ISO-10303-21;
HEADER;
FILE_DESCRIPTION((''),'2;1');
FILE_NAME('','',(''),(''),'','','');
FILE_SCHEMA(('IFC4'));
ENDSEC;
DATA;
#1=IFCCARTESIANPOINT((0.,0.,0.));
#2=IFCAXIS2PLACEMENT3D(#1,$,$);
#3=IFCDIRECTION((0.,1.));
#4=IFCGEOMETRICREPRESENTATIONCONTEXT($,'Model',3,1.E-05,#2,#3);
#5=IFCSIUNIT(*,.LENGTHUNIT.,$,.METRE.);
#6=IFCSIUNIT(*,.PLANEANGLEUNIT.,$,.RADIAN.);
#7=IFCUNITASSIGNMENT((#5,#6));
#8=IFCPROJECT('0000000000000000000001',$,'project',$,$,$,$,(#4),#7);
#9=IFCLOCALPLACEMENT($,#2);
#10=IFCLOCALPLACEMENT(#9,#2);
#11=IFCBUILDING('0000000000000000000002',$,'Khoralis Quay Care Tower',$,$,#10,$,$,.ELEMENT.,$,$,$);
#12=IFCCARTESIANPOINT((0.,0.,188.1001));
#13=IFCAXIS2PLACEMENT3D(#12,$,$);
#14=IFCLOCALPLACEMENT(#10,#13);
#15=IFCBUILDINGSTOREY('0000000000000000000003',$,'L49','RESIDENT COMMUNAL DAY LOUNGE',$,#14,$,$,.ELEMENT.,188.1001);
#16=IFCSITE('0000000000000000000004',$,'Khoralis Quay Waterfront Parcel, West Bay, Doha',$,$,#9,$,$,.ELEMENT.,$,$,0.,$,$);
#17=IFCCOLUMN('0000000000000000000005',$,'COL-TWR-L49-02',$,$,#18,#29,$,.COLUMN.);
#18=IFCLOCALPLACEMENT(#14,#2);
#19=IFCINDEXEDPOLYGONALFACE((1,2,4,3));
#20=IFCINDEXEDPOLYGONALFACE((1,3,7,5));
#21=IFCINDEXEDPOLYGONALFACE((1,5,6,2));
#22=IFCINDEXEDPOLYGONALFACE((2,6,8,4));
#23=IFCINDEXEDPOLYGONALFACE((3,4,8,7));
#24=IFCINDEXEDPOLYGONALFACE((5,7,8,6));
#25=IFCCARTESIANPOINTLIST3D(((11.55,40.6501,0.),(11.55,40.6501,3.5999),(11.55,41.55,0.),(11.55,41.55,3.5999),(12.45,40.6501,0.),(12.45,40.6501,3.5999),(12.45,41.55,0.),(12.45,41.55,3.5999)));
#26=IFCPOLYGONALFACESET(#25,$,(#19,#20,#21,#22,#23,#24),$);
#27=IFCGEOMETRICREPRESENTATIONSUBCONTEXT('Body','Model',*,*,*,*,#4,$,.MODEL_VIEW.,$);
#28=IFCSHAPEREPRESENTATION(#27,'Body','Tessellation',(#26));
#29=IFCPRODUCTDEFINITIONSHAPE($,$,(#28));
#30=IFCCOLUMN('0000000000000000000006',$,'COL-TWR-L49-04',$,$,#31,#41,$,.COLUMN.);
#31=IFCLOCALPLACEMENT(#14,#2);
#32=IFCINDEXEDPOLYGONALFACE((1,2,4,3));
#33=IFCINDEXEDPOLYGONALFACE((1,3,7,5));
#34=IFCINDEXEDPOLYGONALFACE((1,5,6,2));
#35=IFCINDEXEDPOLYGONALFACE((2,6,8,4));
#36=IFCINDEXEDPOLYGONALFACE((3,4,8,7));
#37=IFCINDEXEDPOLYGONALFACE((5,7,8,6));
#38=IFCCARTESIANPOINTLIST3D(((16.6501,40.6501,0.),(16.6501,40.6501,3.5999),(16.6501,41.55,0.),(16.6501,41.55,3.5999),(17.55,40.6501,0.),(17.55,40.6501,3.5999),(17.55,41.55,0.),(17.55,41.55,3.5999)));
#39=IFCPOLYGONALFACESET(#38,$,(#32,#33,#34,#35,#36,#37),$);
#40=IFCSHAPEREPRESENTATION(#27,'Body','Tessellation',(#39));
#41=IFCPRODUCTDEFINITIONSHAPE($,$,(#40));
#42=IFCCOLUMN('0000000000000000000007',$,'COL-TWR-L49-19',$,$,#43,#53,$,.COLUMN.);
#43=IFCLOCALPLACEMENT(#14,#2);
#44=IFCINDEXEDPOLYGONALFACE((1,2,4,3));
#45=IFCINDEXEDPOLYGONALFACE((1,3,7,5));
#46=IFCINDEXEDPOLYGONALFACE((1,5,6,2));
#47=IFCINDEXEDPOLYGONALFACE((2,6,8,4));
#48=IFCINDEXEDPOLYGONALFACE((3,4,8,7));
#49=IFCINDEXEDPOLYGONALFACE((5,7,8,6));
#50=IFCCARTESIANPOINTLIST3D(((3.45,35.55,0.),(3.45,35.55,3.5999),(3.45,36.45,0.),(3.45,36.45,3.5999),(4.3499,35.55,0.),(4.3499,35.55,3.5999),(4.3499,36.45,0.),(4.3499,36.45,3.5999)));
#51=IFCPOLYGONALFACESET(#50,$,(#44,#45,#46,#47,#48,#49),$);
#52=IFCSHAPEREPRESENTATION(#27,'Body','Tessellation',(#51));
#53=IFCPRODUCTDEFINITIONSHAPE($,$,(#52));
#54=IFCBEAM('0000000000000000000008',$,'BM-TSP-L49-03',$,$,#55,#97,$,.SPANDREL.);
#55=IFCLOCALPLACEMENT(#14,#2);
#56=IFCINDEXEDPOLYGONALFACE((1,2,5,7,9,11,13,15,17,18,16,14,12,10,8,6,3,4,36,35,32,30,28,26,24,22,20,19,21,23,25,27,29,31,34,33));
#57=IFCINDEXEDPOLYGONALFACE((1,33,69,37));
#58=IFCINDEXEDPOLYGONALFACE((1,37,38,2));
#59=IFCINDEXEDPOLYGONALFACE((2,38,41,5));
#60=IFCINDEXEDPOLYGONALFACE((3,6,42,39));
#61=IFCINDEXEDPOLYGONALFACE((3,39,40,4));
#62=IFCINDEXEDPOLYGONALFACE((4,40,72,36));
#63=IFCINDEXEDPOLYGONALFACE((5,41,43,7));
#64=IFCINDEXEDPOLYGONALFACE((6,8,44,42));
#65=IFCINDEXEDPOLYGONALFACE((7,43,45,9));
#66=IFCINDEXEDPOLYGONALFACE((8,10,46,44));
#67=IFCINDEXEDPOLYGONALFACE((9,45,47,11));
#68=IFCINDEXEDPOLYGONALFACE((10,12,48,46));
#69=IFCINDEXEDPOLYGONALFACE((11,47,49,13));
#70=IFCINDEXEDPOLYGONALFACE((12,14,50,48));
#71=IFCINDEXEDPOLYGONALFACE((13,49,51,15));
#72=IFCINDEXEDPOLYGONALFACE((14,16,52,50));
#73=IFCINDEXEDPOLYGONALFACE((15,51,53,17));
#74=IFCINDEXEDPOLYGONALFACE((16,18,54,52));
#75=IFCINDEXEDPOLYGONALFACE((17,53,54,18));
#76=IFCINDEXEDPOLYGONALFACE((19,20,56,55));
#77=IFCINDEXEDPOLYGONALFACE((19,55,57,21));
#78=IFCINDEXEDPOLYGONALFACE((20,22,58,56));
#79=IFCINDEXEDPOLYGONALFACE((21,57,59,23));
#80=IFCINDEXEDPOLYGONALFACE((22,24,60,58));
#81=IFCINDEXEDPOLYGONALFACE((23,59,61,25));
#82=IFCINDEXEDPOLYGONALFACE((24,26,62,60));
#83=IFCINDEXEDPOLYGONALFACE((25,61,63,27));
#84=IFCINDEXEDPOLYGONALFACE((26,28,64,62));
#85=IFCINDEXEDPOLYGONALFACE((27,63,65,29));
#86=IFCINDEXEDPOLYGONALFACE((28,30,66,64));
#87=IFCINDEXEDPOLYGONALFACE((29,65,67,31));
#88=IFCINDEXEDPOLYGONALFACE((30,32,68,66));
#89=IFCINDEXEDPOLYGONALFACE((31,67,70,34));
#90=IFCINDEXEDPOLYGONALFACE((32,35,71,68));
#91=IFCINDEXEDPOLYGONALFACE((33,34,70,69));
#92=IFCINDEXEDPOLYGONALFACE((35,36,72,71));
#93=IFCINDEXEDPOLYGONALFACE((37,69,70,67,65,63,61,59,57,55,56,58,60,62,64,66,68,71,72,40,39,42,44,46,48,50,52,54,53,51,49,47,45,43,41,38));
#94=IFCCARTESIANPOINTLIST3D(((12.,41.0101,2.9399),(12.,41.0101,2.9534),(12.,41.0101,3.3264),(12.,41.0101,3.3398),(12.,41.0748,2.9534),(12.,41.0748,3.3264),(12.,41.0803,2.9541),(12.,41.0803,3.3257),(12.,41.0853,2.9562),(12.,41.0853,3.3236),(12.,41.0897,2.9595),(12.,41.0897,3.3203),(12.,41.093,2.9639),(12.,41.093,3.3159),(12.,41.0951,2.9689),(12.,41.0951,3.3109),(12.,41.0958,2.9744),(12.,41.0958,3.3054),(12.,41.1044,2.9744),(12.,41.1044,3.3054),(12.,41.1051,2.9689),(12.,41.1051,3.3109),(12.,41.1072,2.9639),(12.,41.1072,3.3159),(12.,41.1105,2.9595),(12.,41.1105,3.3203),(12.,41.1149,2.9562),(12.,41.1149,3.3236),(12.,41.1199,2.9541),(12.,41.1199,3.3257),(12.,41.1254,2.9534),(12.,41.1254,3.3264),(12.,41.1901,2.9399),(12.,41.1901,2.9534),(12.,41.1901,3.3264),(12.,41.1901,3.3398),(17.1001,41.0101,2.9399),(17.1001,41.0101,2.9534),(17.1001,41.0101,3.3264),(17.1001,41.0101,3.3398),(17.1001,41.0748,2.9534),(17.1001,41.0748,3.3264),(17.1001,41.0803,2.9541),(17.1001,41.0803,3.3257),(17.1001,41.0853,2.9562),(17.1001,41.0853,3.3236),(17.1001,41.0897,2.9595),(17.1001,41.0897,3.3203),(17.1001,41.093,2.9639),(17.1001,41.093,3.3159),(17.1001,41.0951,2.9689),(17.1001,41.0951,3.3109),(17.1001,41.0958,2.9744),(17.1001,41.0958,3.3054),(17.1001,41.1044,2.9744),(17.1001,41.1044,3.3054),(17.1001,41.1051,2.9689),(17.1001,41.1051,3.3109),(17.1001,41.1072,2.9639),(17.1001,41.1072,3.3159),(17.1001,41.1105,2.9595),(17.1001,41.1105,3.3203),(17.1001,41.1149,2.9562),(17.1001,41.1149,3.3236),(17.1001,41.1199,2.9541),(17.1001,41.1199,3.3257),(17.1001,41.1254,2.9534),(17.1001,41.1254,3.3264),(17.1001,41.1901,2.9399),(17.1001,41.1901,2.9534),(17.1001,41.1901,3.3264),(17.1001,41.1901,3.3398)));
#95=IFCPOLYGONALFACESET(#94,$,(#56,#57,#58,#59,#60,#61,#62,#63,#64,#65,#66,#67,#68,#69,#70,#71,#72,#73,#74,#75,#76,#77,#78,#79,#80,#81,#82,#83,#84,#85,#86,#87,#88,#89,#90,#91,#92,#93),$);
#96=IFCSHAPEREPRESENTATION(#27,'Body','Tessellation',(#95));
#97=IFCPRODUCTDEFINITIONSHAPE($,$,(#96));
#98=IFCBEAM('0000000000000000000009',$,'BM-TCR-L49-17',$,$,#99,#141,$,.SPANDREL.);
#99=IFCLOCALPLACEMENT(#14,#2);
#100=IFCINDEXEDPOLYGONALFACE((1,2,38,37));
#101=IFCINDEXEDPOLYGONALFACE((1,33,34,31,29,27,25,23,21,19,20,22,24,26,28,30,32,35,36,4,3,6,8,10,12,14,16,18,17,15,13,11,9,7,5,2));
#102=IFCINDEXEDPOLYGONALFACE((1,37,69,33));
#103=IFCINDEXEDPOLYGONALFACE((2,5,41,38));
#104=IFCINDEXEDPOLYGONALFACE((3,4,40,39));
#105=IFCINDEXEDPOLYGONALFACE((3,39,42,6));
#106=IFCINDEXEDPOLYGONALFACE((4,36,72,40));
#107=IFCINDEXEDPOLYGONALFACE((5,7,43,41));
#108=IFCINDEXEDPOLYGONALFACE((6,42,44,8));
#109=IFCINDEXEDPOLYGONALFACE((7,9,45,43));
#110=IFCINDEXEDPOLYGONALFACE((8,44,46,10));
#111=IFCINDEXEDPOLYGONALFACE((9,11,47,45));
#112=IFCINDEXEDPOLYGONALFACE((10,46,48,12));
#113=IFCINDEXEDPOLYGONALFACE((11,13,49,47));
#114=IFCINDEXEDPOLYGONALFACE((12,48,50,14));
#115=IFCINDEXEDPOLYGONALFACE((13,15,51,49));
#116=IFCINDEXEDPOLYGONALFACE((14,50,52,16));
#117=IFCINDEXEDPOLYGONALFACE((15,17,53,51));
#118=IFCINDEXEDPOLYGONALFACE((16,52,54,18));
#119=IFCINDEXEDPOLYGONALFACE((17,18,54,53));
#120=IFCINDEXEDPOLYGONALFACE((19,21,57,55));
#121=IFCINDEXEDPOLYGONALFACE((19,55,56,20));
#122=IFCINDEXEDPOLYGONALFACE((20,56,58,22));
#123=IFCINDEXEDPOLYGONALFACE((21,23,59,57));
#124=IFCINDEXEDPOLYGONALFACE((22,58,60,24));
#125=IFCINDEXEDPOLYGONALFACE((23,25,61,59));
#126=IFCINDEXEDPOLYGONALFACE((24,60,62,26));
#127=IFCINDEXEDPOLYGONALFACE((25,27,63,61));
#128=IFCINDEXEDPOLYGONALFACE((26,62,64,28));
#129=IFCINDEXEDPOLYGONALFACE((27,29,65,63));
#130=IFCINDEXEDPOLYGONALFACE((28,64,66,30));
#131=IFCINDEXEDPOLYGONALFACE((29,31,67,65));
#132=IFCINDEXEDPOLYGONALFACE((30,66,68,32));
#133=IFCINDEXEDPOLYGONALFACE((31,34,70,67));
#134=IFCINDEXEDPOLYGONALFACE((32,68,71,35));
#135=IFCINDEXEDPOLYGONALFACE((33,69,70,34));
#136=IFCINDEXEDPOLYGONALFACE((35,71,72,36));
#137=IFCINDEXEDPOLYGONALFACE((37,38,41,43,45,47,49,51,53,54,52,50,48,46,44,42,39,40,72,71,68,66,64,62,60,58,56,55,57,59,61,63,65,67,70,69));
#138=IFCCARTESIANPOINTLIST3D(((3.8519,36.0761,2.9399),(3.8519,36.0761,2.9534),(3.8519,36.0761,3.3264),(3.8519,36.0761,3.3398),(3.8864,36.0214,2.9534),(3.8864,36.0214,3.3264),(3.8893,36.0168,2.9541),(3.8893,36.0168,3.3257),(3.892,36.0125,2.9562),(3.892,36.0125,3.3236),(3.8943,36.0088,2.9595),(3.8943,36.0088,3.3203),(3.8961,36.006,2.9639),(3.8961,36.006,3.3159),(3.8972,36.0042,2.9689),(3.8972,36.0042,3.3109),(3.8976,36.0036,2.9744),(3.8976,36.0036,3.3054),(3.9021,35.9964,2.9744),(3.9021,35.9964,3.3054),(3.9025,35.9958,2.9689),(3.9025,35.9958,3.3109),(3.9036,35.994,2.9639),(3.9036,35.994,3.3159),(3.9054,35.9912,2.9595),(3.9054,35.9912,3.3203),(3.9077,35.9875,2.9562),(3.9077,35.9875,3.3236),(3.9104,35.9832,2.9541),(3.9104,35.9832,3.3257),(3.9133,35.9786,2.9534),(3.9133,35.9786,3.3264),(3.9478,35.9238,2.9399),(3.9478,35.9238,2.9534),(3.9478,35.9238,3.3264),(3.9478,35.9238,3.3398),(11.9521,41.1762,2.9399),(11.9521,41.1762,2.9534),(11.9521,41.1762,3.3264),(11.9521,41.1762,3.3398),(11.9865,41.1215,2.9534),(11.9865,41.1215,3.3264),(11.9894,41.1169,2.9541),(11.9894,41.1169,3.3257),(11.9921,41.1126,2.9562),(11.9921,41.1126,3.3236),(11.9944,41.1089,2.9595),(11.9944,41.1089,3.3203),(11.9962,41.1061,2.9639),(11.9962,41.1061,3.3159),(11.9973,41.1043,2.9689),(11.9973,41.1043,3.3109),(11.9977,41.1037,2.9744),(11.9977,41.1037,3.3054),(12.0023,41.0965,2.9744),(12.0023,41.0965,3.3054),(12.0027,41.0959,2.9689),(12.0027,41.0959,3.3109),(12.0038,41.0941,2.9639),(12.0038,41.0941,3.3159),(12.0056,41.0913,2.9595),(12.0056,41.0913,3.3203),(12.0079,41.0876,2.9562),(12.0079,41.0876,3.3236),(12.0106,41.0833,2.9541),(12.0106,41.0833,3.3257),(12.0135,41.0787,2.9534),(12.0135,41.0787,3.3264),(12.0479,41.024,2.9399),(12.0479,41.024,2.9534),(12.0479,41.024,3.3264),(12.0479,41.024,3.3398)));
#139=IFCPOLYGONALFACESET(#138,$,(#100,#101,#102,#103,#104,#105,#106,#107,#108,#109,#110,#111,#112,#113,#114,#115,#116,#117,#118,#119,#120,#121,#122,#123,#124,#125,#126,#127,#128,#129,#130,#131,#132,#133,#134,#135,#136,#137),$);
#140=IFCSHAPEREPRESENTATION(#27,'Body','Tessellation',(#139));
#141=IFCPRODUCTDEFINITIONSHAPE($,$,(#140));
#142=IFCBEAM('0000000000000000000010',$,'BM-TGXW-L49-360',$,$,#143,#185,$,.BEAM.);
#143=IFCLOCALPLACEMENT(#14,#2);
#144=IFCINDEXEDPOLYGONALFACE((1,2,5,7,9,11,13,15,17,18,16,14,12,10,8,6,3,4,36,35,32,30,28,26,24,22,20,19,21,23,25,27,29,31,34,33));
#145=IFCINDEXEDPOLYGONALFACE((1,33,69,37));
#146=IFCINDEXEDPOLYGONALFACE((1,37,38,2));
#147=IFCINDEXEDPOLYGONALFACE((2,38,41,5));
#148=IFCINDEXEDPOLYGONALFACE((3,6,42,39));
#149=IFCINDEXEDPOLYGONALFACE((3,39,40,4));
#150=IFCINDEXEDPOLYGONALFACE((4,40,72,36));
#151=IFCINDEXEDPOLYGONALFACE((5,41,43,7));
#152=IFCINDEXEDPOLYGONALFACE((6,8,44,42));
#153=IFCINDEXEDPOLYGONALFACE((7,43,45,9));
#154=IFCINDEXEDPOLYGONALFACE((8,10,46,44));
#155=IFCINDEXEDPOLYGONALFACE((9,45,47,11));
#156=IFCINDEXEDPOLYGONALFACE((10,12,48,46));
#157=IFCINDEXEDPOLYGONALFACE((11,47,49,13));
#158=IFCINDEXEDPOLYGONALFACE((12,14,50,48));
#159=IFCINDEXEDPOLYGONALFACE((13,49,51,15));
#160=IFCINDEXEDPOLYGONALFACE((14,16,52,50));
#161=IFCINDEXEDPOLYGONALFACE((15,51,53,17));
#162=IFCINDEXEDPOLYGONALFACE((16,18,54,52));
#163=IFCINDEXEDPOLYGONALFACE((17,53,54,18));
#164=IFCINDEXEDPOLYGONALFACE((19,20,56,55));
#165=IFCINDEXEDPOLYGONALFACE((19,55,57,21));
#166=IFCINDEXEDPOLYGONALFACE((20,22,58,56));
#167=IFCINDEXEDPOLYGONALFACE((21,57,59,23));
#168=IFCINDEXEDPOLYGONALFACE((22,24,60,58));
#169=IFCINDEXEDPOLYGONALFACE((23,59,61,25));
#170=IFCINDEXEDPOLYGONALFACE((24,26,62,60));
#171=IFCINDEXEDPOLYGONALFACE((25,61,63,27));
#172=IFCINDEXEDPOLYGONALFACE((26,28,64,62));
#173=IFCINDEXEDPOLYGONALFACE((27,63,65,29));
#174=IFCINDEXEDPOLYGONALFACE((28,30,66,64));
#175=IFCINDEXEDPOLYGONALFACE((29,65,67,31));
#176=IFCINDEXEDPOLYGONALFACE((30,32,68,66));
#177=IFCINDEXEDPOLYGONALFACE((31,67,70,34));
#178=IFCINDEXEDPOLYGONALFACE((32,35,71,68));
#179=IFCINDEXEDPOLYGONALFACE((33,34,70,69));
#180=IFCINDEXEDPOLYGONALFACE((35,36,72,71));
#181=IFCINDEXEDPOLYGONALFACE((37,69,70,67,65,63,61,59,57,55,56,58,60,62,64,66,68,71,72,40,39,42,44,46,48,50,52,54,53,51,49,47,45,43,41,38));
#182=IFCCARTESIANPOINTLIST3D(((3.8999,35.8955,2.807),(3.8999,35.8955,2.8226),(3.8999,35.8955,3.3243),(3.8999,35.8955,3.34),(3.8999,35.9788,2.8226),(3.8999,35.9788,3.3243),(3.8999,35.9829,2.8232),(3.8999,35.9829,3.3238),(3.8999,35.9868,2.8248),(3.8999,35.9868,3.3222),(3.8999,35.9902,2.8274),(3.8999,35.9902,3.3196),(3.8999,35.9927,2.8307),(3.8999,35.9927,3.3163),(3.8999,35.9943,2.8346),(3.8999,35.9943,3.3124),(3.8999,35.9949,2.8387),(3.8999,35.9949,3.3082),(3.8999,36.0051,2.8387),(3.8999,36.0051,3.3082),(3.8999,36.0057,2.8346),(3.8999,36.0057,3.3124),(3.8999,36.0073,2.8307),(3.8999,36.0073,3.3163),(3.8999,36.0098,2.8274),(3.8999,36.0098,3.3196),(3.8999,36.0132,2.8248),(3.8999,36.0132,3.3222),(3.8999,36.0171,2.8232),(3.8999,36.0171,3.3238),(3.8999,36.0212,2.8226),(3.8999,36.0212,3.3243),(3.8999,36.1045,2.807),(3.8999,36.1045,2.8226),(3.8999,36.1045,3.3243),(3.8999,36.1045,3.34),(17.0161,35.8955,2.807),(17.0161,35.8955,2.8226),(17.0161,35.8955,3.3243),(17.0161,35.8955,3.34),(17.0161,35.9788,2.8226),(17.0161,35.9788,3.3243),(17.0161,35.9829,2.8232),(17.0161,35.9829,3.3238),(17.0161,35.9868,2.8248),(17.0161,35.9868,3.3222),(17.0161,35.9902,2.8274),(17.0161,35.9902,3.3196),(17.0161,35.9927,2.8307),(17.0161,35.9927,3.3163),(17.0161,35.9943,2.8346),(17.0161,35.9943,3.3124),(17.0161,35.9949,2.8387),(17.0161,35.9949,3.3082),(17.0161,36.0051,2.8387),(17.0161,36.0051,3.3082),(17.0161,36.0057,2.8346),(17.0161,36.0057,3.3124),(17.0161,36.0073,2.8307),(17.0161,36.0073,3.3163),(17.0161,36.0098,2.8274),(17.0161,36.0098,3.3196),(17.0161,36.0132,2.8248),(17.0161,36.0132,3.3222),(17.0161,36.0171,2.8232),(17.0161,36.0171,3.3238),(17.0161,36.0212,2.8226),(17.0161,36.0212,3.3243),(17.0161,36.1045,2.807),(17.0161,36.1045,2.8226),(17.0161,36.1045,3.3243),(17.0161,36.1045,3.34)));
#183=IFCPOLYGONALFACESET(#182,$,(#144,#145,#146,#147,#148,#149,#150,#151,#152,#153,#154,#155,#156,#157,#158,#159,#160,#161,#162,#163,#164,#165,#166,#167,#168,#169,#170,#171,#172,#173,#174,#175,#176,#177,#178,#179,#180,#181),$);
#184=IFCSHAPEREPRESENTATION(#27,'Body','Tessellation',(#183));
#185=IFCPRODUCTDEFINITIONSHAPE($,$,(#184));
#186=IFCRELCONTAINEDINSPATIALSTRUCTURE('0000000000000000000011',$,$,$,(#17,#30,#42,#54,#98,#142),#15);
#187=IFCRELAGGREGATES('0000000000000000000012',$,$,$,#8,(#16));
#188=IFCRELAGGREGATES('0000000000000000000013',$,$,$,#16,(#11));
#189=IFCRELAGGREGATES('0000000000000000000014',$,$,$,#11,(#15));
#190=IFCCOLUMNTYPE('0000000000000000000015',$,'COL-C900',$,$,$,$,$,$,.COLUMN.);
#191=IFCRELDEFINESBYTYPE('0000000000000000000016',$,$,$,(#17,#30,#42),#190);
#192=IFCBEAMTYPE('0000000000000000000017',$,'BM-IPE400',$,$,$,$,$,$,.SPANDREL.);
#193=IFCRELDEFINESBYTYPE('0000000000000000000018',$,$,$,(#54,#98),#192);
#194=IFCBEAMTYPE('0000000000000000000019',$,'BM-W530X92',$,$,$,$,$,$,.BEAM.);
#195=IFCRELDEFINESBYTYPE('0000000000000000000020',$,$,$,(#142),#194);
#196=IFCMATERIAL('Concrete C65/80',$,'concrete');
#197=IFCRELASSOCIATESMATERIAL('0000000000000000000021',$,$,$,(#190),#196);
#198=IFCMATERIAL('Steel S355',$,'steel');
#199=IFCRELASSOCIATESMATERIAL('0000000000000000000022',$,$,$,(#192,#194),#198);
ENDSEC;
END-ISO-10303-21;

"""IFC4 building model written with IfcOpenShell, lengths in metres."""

from ifc_helpers import new_model, si_unit, direction, frame, origin, origin_2d, place, context, subcontext, project, spatial, rectangle, i_section, extrude, source, transform, mapped, material, material_profile, profile_set, type_object, element, save


model = new_model("IFC4")

# Units and contexts
model_context = context("Model", 3, precision=1e-05, world=origin(), true_north=direction((0.0, 1.0)))
body_context = subcontext(model_context, "Body", "Model", "MODEL_VIEW")
ifc_project = project(units=[si_unit("LENGTHUNIT", "METRE"), si_unit("PLANEANGLEUNIT", "RADIAN")], contexts=[model_context])

# Site, building, storey
site_placement = place(None, origin())
site = spatial("IfcSite", under=ifc_project, at=site_placement, Name="Khoralis Quay Waterfront Parcel, West Bay, Doha", CompositionType="ELEMENT", RefElevation=0.0)
building_placement = place(site_placement, origin())
building = spatial("IfcBuilding", under=site, at=building_placement, Name="Khoralis Quay Care Tower", CompositionType="ELEMENT")
storey_placement = place(building_placement, frame((0.0, 0.0, 188.1001)))
storey = spatial("IfcBuildingStorey", under=building, at=storey_placement, Name="L49", Description="RESIDENT COMMUNAL DAY LOUNGE", CompositionType="ELEMENT", Elevation=188.1001)

# Columns
ifc_material_1 = material(Name="Concrete C65/80", Category="concrete")
ifc_material_profile_1 = material_profile(ifc_material_1, rectangle(XDim=0.8999, YDim=0.8999, at=origin_2d()), Name="Concrete C65/80")
ifc_profile_set_1 = profile_set([ifc_material_profile_1], Name="Concrete C65/80")
column_type = type_object("IfcColumnType", Name="COL-C900", PredefinedType="COLUMN", material=ifc_profile_set_1)
shared_shape_1 = source(origin(), body_context, "Body", "SweptSolid", [
    extrude(rectangle(XDim=0.8999, YDim=0.8999, at=origin_2d()), origin(), (0.0, 0.0, 1.0), 3.5999),
])
for number, where, z_axis, x_axis, name in (
    (1, (12.0, 41.1001, 0.0), (0.0, 0.0, 1.0), (1.0, 0.0, 0.0), "COL-TWR-L49-02"),
    (2, (17.1001, 41.1001, 0.0), (0.0, 0.0, 1.0), (1.0, 0.0, 0.0), "COL-TWR-L49-04"),
    (3, (3.8999, 36.0, 0.0), (0.0, 0.0, 1.0), (1.0, 0.0, 0.0), "COL-TWR-L49-19"),
):
    element("IfcColumn", number, at=place(storey_placement, frame(where, z_axis=z_axis, x_axis=x_axis)), inside=storey, type_object=column_type, Name=name, PredefinedType="COLUMN", context=body_context, shape_type="MappedRepresentation", body=[
        mapped(shared_shape_1, transform((0.0, 0.0, 0.0), scale=1.0)),
    ])

# Beams
ifc_material_2 = material(Name="Steel S355", Category="steel")
ifc_material_profile_2 = material_profile(ifc_material_2, i_section(OverallWidth=0.1799, OverallDepth=0.3999, WebThickness=0.0085, FlangeThickness=0.0134, FilletRadius=0.021, at=origin_2d()), Name="Steel S355")
ifc_profile_set_2 = profile_set([ifc_material_profile_2], Name="Steel S355")
beam_type_1 = type_object("IfcBeamType", Name="BM-IPE400", PredefinedType="SPANDREL", material=ifc_profile_set_2)
shared_shape_2 = source(origin(), body_context, "Body", "SweptSolid", [
    extrude(i_section(OverallWidth=0.1799, OverallDepth=0.3999, WebThickness=0.0085, FlangeThickness=0.0134, FilletRadius=0.021, at=origin_2d()), origin(), (0.0, 0.0, 1.0), 5.1001),
])
beam_1_placement = place(storey_placement, frame((12.0, 41.1001, 3.1399), z_axis=(1.0, 0.0, 0.0), x_axis=(0.0, 1.0, 0.0)))
element("IfcBeam", 4, at=beam_1_placement, inside=storey, type_object=beam_type_1, Name="BM-TSP-L49-03", PredefinedType="SPANDREL", context=body_context, shape_type="MappedRepresentation", body=[
    mapped(shared_shape_2, transform((0.0, 0.0, 0.0), scale=1.0)),
])
shared_shape_3 = source(origin(), body_context, "Body", "SweptSolid", [
    extrude(i_section(OverallWidth=0.1799, OverallDepth=0.3999, WebThickness=0.0085, FlangeThickness=0.0134, FilletRadius=0.021, at=origin_2d()), origin(), (0.0, 0.0, 1.0), 9.572),
])
beam_2_placement = place(storey_placement, frame((12.0, 41.1001, 3.1399), z_axis=(-0.846231, -0.532816, 0.0), x_axis=(0.532816, -0.846231, 0.0)))
element("IfcBeam", 5, at=beam_2_placement, inside=storey, type_object=beam_type_1, Name="BM-TCR-L49-17", PredefinedType="SPANDREL", context=body_context, shape_type="MappedRepresentation", body=[
    mapped(shared_shape_3, transform((0.0, 0.0, 0.0), scale=1.0)),
])
ifc_material_profile_3 = material_profile(ifc_material_2, i_section(OverallWidth=0.209, OverallDepth=0.533, WebThickness=0.0103, FlangeThickness=0.0156, FilletRadius=0.0161, at=origin_2d()), Name="Steel S355")
ifc_profile_set_3 = profile_set([ifc_material_profile_3], Name="Steel S355")
beam_type_2 = type_object("IfcBeamType", Name="BM-W530X92", PredefinedType="BEAM", material=ifc_profile_set_3)
shared_shape_4 = source(origin(), body_context, "Body", "SweptSolid", [
    extrude(i_section(OverallWidth=0.209, OverallDepth=0.533, WebThickness=0.0103, FlangeThickness=0.0156, FilletRadius=0.0161, at=origin_2d()), origin(), (0.0, 0.0, 1.0), 13.1162),
])
beam_3_placement = place(storey_placement, frame((3.8999, 36.0, 3.0735), z_axis=(1.0, 0.0, 0.0), x_axis=(0.0, 1.0, 0.0)))
element("IfcBeam", 6, at=beam_3_placement, inside=storey, type_object=beam_type_2, Name="BM-TGXW-L49-360", PredefinedType="BEAM", context=body_context, shape_type="MappedRepresentation", body=[
    mapped(shared_shape_4, transform((0.0, 0.0, 0.0), scale=1.0)),
])

save(model, "model.ifc")
